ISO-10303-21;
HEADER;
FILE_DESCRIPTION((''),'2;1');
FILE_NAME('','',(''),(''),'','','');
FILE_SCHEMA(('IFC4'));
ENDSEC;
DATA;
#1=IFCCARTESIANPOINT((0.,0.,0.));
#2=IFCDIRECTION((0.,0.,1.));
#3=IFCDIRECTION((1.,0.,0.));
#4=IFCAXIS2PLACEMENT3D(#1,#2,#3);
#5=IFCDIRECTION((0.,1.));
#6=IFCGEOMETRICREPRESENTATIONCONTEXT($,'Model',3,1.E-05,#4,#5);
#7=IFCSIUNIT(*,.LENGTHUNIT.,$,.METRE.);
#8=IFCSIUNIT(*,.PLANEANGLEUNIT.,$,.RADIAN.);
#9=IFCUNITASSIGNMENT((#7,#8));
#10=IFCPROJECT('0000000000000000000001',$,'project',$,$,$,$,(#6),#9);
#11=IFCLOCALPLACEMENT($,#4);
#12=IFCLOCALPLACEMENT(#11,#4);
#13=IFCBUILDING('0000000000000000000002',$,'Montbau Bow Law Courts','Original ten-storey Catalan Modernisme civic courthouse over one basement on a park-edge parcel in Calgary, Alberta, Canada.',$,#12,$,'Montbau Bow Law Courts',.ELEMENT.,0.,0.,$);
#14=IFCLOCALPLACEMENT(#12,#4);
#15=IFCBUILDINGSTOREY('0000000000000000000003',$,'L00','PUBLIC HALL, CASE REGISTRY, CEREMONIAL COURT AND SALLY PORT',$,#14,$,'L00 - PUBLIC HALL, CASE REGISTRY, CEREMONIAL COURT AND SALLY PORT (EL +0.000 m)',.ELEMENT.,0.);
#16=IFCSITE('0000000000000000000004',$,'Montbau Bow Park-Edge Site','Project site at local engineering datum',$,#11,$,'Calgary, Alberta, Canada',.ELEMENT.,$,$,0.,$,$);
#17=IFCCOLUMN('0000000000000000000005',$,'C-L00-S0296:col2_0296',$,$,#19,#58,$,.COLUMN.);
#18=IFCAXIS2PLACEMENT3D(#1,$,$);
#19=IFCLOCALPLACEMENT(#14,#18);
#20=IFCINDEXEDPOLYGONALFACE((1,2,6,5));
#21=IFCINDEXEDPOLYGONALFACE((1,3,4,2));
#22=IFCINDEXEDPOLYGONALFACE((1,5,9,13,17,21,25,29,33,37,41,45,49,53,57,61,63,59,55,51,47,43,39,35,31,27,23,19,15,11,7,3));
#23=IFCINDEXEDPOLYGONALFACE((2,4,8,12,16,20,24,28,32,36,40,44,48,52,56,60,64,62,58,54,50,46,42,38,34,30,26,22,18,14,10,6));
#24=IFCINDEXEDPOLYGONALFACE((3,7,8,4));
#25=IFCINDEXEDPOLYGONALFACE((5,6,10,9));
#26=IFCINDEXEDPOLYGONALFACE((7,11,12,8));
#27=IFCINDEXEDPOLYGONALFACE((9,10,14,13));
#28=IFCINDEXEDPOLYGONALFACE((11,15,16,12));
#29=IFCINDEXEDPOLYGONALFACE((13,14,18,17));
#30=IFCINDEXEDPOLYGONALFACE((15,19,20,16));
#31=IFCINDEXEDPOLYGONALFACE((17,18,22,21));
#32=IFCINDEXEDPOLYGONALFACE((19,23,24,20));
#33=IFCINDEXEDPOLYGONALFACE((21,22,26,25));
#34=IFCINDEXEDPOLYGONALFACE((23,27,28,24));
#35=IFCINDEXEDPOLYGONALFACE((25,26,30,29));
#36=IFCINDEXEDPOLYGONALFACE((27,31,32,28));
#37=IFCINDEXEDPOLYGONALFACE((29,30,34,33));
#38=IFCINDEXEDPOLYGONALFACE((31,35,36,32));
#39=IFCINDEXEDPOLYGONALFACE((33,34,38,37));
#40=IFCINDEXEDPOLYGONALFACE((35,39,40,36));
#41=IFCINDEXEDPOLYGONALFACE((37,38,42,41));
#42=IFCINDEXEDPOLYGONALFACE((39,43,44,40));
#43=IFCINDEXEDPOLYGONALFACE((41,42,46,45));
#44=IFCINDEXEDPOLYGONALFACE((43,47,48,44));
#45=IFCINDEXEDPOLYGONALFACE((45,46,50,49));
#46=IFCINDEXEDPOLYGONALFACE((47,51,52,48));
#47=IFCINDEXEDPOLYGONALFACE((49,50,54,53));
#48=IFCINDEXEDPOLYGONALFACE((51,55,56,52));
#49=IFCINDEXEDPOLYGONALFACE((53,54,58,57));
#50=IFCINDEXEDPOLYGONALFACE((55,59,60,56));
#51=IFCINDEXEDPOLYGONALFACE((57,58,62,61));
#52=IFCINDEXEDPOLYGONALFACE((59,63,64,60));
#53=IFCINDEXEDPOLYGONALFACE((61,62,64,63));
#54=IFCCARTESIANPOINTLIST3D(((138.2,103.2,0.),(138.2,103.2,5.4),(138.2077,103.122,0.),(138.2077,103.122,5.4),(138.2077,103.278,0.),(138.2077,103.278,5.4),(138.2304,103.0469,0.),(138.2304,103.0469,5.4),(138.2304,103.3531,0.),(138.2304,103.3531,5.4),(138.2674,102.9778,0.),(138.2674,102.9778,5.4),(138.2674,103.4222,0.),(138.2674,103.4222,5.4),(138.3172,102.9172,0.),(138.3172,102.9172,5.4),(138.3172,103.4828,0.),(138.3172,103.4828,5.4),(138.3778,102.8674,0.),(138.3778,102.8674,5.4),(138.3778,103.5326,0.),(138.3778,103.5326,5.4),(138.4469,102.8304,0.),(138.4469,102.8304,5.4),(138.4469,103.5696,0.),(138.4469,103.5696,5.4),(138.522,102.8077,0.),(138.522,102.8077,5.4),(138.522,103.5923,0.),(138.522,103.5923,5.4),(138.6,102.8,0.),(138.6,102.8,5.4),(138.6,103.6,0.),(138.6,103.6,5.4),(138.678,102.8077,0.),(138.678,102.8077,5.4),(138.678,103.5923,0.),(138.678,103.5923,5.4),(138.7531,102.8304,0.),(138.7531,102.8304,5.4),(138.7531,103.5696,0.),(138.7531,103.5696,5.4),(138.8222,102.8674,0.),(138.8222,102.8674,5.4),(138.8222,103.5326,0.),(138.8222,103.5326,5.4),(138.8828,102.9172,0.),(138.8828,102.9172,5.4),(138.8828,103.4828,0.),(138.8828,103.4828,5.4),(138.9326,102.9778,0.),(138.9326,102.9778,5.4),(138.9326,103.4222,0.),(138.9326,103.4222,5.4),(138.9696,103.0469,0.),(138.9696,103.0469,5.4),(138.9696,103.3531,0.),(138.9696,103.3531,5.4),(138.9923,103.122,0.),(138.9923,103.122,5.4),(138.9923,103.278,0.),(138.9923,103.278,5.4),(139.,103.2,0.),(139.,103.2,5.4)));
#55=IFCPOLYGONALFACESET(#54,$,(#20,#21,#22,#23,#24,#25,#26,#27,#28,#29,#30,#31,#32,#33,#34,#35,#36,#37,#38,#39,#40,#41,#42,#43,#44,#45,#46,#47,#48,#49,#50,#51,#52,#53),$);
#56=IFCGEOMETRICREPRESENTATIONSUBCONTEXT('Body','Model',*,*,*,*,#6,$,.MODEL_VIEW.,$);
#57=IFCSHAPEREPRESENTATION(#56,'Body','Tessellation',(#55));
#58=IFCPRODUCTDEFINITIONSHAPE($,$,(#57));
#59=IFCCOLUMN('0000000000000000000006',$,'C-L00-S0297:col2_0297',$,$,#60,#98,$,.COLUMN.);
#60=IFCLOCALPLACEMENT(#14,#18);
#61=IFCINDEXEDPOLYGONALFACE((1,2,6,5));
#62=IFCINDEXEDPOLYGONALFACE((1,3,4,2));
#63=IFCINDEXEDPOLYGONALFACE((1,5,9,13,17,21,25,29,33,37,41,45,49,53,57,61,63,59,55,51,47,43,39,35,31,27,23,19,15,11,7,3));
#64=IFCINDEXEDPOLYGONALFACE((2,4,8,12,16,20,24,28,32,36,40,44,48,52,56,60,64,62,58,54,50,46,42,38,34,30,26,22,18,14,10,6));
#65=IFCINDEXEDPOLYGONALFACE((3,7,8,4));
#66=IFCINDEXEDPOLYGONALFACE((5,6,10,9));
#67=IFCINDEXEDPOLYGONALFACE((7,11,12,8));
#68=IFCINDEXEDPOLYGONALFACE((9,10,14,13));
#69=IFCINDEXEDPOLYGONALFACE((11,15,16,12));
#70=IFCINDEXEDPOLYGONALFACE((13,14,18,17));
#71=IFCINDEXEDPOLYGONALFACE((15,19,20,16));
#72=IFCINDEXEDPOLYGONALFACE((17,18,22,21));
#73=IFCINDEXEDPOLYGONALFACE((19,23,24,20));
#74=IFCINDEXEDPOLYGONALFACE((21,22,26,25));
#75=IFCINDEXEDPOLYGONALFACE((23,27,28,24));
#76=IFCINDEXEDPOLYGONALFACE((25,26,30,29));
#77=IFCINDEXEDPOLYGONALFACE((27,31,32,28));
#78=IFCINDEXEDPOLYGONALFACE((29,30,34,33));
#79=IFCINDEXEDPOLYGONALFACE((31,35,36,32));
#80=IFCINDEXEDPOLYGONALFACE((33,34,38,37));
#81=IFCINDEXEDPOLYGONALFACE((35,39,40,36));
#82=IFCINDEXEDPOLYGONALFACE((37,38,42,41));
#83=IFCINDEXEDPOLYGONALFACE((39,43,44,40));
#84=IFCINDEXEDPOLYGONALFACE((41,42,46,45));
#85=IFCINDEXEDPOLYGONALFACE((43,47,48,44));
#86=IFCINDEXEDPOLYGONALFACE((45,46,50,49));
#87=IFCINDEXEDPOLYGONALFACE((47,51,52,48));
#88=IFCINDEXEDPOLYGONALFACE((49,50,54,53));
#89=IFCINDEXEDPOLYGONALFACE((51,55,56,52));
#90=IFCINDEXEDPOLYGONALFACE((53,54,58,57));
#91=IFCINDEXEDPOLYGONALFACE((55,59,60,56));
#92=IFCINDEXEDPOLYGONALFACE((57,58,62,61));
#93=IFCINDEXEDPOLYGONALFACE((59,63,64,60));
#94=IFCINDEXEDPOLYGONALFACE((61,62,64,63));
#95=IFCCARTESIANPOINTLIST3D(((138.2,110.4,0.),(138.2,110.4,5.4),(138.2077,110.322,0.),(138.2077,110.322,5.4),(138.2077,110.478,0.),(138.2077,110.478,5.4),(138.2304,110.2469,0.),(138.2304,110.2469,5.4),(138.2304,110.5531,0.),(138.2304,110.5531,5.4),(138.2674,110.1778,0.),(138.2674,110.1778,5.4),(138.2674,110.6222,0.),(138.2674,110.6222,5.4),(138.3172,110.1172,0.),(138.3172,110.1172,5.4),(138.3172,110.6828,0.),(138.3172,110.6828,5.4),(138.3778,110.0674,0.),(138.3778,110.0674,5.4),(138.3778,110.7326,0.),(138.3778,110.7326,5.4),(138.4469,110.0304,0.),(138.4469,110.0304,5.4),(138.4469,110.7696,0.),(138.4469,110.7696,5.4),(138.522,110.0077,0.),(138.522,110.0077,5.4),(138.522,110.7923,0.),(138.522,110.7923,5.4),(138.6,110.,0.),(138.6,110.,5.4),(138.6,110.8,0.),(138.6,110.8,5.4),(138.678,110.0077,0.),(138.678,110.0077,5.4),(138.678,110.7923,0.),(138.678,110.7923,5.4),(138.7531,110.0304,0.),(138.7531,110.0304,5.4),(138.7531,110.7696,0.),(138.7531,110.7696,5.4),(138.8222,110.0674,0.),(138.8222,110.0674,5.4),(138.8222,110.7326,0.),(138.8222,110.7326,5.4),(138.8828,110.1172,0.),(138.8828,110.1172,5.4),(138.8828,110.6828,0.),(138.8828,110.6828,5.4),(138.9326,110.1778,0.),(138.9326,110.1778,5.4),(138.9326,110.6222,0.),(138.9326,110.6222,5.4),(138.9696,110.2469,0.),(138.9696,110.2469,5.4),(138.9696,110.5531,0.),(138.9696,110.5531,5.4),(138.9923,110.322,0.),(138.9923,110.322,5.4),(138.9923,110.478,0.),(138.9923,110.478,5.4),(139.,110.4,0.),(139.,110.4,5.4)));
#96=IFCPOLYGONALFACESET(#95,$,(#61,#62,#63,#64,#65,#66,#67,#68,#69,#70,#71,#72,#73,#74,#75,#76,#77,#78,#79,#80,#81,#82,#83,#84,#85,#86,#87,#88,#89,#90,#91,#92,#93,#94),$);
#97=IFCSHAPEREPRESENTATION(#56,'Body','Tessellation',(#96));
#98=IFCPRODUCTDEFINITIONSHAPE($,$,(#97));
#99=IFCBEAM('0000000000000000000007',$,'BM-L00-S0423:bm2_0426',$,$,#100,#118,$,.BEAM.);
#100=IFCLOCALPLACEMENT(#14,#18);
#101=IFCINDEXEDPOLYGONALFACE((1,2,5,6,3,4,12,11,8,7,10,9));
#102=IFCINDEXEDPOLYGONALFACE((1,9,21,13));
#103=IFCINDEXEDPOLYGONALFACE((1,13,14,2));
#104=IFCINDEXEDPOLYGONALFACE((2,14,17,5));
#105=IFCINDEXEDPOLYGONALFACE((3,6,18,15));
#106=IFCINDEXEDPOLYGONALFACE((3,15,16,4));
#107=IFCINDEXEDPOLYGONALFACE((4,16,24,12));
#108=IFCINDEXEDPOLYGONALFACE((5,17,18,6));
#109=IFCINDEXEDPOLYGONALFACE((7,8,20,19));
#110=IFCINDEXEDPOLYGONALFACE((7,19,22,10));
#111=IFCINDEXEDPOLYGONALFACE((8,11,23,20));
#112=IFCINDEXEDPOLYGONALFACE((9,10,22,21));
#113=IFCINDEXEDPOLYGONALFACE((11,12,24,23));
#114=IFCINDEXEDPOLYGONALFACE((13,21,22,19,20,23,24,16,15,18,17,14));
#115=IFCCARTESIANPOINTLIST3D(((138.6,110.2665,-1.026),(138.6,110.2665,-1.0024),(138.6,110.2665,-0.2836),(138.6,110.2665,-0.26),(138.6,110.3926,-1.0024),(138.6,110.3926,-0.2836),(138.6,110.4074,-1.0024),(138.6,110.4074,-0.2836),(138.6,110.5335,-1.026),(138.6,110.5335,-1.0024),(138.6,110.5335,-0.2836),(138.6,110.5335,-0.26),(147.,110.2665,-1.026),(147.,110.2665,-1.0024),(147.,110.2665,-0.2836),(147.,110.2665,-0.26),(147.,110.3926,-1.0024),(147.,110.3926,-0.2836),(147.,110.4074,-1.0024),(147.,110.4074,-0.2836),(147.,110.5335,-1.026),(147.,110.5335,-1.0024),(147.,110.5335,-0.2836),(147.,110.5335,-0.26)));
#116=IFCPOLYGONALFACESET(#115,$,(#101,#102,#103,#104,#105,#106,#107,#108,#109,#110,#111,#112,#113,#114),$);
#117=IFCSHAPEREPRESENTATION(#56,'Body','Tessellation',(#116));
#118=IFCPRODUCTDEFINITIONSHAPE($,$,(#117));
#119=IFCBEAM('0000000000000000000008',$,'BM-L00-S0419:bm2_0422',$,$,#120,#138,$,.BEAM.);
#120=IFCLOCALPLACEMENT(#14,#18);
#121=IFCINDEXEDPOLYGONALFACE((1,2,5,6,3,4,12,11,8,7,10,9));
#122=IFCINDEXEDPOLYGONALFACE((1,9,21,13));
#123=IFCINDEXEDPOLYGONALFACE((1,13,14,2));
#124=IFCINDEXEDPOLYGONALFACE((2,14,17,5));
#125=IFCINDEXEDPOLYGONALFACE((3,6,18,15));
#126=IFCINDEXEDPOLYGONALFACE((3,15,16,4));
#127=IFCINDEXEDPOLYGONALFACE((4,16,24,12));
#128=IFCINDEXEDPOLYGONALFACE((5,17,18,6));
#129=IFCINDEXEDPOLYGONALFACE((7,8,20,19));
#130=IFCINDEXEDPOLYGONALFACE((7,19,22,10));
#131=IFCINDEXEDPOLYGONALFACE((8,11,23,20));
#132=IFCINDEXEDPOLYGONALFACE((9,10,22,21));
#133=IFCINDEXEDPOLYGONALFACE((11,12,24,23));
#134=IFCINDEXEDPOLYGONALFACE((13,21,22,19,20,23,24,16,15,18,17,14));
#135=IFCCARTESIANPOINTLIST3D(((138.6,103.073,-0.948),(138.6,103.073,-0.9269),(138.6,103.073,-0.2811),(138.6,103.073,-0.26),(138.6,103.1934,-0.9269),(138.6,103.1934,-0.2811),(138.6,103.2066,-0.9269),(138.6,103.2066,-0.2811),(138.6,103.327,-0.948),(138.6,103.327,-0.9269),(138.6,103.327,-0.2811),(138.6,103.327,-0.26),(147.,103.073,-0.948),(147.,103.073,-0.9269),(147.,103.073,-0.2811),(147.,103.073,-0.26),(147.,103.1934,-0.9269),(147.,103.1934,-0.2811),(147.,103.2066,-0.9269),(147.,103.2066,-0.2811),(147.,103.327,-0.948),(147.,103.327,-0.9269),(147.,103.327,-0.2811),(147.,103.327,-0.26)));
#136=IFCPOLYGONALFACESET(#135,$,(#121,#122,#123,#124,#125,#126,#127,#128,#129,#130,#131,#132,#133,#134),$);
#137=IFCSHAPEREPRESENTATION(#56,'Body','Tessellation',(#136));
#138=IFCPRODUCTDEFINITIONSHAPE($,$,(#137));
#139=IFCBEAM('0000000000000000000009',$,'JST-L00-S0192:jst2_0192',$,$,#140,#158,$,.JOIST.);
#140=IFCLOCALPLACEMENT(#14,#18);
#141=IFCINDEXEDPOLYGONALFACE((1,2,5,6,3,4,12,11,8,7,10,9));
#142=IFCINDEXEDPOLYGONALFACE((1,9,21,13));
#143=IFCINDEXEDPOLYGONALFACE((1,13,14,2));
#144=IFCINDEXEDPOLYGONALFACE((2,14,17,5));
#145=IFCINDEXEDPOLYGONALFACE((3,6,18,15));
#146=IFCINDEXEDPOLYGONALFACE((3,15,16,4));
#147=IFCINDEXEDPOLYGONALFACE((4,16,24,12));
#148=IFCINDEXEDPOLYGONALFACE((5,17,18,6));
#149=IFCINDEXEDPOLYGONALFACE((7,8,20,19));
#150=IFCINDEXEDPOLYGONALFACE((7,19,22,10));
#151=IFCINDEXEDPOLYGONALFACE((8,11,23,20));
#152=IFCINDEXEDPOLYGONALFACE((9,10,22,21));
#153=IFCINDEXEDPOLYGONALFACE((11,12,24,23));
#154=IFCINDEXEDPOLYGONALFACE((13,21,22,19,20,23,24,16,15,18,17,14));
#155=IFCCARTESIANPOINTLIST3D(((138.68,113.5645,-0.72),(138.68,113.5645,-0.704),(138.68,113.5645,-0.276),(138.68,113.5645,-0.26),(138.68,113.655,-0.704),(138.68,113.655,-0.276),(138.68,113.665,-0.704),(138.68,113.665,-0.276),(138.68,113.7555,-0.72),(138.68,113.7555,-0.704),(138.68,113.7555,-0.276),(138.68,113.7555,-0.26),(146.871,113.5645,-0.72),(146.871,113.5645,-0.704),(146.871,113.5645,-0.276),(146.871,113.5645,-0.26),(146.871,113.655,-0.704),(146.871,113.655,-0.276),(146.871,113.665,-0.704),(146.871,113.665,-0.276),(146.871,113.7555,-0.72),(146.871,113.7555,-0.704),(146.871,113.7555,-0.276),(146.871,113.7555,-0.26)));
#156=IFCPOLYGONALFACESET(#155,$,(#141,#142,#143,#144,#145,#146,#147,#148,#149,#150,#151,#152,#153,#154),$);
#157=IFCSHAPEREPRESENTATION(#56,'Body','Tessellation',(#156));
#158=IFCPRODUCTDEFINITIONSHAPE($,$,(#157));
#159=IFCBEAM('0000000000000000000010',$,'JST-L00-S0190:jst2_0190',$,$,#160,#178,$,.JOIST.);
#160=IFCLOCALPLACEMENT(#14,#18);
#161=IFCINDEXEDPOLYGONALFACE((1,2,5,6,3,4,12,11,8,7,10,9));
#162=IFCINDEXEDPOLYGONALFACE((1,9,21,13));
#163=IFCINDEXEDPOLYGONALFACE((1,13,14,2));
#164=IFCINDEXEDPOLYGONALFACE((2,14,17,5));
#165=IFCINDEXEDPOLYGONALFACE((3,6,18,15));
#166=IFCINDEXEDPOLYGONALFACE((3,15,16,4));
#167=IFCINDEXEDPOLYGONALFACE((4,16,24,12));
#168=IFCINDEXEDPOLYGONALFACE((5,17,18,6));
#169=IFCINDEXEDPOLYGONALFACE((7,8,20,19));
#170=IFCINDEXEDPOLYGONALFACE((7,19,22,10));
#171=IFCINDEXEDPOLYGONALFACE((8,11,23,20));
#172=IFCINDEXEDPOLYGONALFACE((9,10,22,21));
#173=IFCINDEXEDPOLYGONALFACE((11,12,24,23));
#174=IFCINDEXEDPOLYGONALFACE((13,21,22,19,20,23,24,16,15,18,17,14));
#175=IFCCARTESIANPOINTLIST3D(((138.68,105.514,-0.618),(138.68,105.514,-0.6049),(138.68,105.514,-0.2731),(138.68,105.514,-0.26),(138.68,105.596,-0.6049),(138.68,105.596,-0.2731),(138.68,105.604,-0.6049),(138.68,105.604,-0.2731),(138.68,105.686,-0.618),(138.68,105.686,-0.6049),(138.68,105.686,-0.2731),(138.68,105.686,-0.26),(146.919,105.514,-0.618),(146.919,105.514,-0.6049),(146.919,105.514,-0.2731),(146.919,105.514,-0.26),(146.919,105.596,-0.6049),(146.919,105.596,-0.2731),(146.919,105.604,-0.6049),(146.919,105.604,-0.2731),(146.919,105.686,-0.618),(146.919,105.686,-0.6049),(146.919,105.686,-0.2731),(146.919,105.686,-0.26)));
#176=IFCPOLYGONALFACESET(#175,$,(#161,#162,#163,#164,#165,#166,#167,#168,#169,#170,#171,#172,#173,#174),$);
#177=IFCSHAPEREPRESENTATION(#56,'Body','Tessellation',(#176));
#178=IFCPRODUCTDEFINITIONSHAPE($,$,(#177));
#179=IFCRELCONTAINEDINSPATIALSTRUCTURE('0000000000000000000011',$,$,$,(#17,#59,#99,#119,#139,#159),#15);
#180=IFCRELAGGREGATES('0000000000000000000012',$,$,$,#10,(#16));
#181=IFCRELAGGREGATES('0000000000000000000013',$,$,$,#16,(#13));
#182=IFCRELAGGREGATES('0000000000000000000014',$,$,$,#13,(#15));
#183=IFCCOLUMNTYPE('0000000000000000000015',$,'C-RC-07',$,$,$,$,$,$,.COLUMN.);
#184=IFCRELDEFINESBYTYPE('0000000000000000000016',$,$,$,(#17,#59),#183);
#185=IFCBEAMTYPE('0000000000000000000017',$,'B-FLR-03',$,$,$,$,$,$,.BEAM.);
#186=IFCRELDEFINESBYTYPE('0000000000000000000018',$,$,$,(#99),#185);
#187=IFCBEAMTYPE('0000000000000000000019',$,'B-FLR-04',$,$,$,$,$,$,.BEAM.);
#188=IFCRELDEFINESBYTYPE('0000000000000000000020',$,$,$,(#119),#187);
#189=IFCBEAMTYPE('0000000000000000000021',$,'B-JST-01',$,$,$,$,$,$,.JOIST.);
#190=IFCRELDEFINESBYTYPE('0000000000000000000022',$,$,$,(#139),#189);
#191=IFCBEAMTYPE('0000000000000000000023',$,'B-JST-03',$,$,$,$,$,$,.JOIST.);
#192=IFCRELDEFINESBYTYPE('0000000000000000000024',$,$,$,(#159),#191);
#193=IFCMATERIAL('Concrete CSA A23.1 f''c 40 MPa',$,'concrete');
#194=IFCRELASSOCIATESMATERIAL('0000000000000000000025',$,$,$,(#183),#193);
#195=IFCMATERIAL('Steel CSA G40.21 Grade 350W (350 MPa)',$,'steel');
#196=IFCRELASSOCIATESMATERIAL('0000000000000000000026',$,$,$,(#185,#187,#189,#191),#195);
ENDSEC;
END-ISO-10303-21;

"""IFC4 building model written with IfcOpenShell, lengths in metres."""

from ifc_helpers import new_model, si_unit, direction, frame, origin_with_axes, origin_2d_with_axis, place, context, subcontext, project, spatial, circle, i_section, extrude, material, material_profile, profile_set, type_object, element, save


model = new_model("IFC4")

# Units and contexts
model_context = context("Model", 3, precision=1e-05, world=origin_with_axes(), true_north=direction((0.0, 1.0)))
body_context = subcontext(model_context, "Body", "Model", "MODEL_VIEW")
ifc_project = project(units=[si_unit("LENGTHUNIT", "METRE"), si_unit("PLANEANGLEUNIT", "RADIAN")], contexts=[model_context])

# Site, building, storey
site_placement = place(None, origin_with_axes())
site = spatial("IfcSite", under=ifc_project, at=site_placement, Name="Montbau Bow Park-Edge Site", Description="Project site at local engineering datum", LongName="Calgary, Alberta, Canada", CompositionType="ELEMENT", RefElevation=0.0)
building_placement = place(site_placement, origin_with_axes())
building = spatial("IfcBuilding", under=site, at=building_placement, Name="Montbau Bow Law Courts", Description="Original ten-storey Catalan Modernisme civic courthouse over one basement on a park-edge parcel in Calgary, Alberta, Canada.", LongName="Montbau Bow Law Courts", CompositionType="ELEMENT", ElevationOfRefHeight=0.0, ElevationOfTerrain=0.0)
storey_placement = place(building_placement, origin_with_axes())
storey = spatial("IfcBuildingStorey", under=building, at=storey_placement, Name="L00", Description="PUBLIC HALL, CASE REGISTRY, CEREMONIAL COURT AND SALLY PORT", LongName="L00 - PUBLIC HALL, CASE REGISTRY, CEREMONIAL COURT AND SALLY PORT (EL +0.000 m)", CompositionType="ELEMENT", Elevation=0.0)

# Columns
ifc_material_1 = material(Name="Concrete CSA A23.1 f'c 40 MPa", Category="concrete")
ifc_material_profile_1 = material_profile(ifc_material_1, circle(Radius=0.4, at=origin_2d_with_axis()), Name="RC800D", Category="Main", Priority=0)
ifc_profile_set_1 = profile_set([ifc_material_profile_1], Name="Concrete CSA A23.1 f'c 40 MPa")
column_type = type_object("IfcColumnType", Name="C-RC-07", PredefinedType="COLUMN", material=ifc_profile_set_1)
for number, where, z_axis, x_axis, name in (
    (1, (138.6, 103.2, 0.0), (0.0, 0.0, 1.0), (1.0, 0.0, 0.0), "C-L00-S0296:col2_0296"),
    (2, (138.6, 110.4, 0.0), (0.0, 0.0, 1.0), (1.0, 0.0, 0.0), "C-L00-S0297:col2_0297"),
):
    element("IfcColumn", number, at=place(None, frame(where, z_axis=z_axis, x_axis=x_axis)), inside=storey, type_object=column_type, Name=name, PredefinedType="COLUMN", context=body_context, shape_type="SweptSolid", body=[
        extrude(circle(Radius=0.4, at=origin_2d_with_axis()), origin_with_axes(), (0.0, 0.0, 1.0), 5.4),
    ])

# Beams
ifc_material_2 = material(Name="Steel CSA G40.21 Grade 350W (350 MPa)", Category="steel")
ifc_material_profile_2 = material_profile(ifc_material_2, i_section(OverallWidth=0.267, OverallDepth=0.766, WebThickness=0.0149, FlangeThickness=0.0236, at=origin_2d_with_axis()), Name="W760X185", Category="Main", Priority=0)
ifc_profile_set_2 = profile_set([ifc_material_profile_2], Name="Steel CSA G40.21 Grade 350W (350 MPa)")
beam_type_1 = type_object("IfcBeamType", Name="B-FLR-03", PredefinedType="BEAM", material=ifc_profile_set_2)
beam_1_placement = place(None, frame((138.6, 110.4, -0.643), z_axis=(1.0, 0.0, 0.0), x_axis=(0.0, 1.0, 0.0)))
element("IfcBeam", 3, at=beam_1_placement, inside=storey, type_object=beam_type_1, Name="BM-L00-S0423:bm2_0426", PredefinedType="BEAM", context=body_context, shape_type="SweptSolid", body=[
    extrude(i_section(OverallWidth=0.267, OverallDepth=0.766, WebThickness=0.0149, FlangeThickness=0.0236, at=origin_2d_with_axis()), origin_with_axes(), (0.0, 0.0, 1.0), 8.4),
])
ifc_material_profile_3 = material_profile(ifc_material_2, i_section(OverallWidth=0.254, OverallDepth=0.688, WebThickness=0.0131, FlangeThickness=0.0211, at=origin_2d_with_axis()), Name="W690X152", Category="Main", Priority=0)
ifc_profile_set_3 = profile_set([ifc_material_profile_3], Name="Steel CSA G40.21 Grade 350W (350 MPa)")
beam_type_2 = type_object("IfcBeamType", Name="B-FLR-04", PredefinedType="BEAM", material=ifc_profile_set_3)
beam_2_placement = place(None, frame((138.6, 103.2, -0.604), z_axis=(1.0, 0.0, 0.0), x_axis=(0.0, 1.0, 0.0)))
element("IfcBeam", 4, at=beam_2_placement, inside=storey, type_object=beam_type_2, Name="BM-L00-S0419:bm2_0422", PredefinedType="BEAM", context=body_context, shape_type="SweptSolid", body=[
    extrude(i_section(OverallWidth=0.254, OverallDepth=0.688, WebThickness=0.0131, FlangeThickness=0.0211, at=origin_2d_with_axis()), origin_with_axes(), (0.0, 0.0, 1.0), 8.4),
])
ifc_material_profile_4 = material_profile(ifc_material_2, i_section(OverallWidth=0.191, OverallDepth=0.46, WebThickness=0.0099, FlangeThickness=0.016, at=origin_2d_with_axis()), Name="W460X82", Category="Main", Priority=0)
ifc_profile_set_4 = profile_set([ifc_material_profile_4], Name="Steel CSA G40.21 Grade 350W (350 MPa)")
beam_type_3 = type_object("IfcBeamType", Name="B-JST-01", PredefinedType="JOIST", material=ifc_profile_set_4)
beam_3_placement = place(None, frame((138.68, 113.66, -0.49), z_axis=(1.0, 0.0, 0.0), x_axis=(0.0, 1.0, 0.0)))
element("IfcBeam", 5, at=beam_3_placement, inside=storey, type_object=beam_type_3, Name="JST-L00-S0192:jst2_0192", PredefinedType="JOIST", context=body_context, shape_type="SweptSolid", body=[
    extrude(i_section(OverallWidth=0.191, OverallDepth=0.46, WebThickness=0.0099, FlangeThickness=0.016, at=origin_2d_with_axis()), origin_with_axes(), (0.0, 0.0, 1.0), 8.191),
])
ifc_material_profile_5 = material_profile(ifc_material_2, i_section(OverallWidth=0.172, OverallDepth=0.358, WebThickness=0.0079, FlangeThickness=0.0131, at=origin_2d_with_axis()), Name="W360X57", Category="Main", Priority=0)
ifc_profile_set_5 = profile_set([ifc_material_profile_5], Name="Steel CSA G40.21 Grade 350W (350 MPa)")
beam_type_4 = type_object("IfcBeamType", Name="B-JST-03", PredefinedType="JOIST", material=ifc_profile_set_5)
beam_4_placement = place(None, frame((138.68, 105.6, -0.439), z_axis=(1.0, 0.0, 0.0), x_axis=(0.0, 1.0, 0.0)))
element("IfcBeam", 6, at=beam_4_placement, inside=storey, type_object=beam_type_4, Name="JST-L00-S0190:jst2_0190", PredefinedType="JOIST", context=body_context, shape_type="SweptSolid", body=[
    extrude(i_section(OverallWidth=0.172, OverallDepth=0.358, WebThickness=0.0079, FlangeThickness=0.0131, at=origin_2d_with_axis()), origin_with_axes(), (0.0, 0.0, 1.0), 8.239),
])

save(model, "model.ifc")
